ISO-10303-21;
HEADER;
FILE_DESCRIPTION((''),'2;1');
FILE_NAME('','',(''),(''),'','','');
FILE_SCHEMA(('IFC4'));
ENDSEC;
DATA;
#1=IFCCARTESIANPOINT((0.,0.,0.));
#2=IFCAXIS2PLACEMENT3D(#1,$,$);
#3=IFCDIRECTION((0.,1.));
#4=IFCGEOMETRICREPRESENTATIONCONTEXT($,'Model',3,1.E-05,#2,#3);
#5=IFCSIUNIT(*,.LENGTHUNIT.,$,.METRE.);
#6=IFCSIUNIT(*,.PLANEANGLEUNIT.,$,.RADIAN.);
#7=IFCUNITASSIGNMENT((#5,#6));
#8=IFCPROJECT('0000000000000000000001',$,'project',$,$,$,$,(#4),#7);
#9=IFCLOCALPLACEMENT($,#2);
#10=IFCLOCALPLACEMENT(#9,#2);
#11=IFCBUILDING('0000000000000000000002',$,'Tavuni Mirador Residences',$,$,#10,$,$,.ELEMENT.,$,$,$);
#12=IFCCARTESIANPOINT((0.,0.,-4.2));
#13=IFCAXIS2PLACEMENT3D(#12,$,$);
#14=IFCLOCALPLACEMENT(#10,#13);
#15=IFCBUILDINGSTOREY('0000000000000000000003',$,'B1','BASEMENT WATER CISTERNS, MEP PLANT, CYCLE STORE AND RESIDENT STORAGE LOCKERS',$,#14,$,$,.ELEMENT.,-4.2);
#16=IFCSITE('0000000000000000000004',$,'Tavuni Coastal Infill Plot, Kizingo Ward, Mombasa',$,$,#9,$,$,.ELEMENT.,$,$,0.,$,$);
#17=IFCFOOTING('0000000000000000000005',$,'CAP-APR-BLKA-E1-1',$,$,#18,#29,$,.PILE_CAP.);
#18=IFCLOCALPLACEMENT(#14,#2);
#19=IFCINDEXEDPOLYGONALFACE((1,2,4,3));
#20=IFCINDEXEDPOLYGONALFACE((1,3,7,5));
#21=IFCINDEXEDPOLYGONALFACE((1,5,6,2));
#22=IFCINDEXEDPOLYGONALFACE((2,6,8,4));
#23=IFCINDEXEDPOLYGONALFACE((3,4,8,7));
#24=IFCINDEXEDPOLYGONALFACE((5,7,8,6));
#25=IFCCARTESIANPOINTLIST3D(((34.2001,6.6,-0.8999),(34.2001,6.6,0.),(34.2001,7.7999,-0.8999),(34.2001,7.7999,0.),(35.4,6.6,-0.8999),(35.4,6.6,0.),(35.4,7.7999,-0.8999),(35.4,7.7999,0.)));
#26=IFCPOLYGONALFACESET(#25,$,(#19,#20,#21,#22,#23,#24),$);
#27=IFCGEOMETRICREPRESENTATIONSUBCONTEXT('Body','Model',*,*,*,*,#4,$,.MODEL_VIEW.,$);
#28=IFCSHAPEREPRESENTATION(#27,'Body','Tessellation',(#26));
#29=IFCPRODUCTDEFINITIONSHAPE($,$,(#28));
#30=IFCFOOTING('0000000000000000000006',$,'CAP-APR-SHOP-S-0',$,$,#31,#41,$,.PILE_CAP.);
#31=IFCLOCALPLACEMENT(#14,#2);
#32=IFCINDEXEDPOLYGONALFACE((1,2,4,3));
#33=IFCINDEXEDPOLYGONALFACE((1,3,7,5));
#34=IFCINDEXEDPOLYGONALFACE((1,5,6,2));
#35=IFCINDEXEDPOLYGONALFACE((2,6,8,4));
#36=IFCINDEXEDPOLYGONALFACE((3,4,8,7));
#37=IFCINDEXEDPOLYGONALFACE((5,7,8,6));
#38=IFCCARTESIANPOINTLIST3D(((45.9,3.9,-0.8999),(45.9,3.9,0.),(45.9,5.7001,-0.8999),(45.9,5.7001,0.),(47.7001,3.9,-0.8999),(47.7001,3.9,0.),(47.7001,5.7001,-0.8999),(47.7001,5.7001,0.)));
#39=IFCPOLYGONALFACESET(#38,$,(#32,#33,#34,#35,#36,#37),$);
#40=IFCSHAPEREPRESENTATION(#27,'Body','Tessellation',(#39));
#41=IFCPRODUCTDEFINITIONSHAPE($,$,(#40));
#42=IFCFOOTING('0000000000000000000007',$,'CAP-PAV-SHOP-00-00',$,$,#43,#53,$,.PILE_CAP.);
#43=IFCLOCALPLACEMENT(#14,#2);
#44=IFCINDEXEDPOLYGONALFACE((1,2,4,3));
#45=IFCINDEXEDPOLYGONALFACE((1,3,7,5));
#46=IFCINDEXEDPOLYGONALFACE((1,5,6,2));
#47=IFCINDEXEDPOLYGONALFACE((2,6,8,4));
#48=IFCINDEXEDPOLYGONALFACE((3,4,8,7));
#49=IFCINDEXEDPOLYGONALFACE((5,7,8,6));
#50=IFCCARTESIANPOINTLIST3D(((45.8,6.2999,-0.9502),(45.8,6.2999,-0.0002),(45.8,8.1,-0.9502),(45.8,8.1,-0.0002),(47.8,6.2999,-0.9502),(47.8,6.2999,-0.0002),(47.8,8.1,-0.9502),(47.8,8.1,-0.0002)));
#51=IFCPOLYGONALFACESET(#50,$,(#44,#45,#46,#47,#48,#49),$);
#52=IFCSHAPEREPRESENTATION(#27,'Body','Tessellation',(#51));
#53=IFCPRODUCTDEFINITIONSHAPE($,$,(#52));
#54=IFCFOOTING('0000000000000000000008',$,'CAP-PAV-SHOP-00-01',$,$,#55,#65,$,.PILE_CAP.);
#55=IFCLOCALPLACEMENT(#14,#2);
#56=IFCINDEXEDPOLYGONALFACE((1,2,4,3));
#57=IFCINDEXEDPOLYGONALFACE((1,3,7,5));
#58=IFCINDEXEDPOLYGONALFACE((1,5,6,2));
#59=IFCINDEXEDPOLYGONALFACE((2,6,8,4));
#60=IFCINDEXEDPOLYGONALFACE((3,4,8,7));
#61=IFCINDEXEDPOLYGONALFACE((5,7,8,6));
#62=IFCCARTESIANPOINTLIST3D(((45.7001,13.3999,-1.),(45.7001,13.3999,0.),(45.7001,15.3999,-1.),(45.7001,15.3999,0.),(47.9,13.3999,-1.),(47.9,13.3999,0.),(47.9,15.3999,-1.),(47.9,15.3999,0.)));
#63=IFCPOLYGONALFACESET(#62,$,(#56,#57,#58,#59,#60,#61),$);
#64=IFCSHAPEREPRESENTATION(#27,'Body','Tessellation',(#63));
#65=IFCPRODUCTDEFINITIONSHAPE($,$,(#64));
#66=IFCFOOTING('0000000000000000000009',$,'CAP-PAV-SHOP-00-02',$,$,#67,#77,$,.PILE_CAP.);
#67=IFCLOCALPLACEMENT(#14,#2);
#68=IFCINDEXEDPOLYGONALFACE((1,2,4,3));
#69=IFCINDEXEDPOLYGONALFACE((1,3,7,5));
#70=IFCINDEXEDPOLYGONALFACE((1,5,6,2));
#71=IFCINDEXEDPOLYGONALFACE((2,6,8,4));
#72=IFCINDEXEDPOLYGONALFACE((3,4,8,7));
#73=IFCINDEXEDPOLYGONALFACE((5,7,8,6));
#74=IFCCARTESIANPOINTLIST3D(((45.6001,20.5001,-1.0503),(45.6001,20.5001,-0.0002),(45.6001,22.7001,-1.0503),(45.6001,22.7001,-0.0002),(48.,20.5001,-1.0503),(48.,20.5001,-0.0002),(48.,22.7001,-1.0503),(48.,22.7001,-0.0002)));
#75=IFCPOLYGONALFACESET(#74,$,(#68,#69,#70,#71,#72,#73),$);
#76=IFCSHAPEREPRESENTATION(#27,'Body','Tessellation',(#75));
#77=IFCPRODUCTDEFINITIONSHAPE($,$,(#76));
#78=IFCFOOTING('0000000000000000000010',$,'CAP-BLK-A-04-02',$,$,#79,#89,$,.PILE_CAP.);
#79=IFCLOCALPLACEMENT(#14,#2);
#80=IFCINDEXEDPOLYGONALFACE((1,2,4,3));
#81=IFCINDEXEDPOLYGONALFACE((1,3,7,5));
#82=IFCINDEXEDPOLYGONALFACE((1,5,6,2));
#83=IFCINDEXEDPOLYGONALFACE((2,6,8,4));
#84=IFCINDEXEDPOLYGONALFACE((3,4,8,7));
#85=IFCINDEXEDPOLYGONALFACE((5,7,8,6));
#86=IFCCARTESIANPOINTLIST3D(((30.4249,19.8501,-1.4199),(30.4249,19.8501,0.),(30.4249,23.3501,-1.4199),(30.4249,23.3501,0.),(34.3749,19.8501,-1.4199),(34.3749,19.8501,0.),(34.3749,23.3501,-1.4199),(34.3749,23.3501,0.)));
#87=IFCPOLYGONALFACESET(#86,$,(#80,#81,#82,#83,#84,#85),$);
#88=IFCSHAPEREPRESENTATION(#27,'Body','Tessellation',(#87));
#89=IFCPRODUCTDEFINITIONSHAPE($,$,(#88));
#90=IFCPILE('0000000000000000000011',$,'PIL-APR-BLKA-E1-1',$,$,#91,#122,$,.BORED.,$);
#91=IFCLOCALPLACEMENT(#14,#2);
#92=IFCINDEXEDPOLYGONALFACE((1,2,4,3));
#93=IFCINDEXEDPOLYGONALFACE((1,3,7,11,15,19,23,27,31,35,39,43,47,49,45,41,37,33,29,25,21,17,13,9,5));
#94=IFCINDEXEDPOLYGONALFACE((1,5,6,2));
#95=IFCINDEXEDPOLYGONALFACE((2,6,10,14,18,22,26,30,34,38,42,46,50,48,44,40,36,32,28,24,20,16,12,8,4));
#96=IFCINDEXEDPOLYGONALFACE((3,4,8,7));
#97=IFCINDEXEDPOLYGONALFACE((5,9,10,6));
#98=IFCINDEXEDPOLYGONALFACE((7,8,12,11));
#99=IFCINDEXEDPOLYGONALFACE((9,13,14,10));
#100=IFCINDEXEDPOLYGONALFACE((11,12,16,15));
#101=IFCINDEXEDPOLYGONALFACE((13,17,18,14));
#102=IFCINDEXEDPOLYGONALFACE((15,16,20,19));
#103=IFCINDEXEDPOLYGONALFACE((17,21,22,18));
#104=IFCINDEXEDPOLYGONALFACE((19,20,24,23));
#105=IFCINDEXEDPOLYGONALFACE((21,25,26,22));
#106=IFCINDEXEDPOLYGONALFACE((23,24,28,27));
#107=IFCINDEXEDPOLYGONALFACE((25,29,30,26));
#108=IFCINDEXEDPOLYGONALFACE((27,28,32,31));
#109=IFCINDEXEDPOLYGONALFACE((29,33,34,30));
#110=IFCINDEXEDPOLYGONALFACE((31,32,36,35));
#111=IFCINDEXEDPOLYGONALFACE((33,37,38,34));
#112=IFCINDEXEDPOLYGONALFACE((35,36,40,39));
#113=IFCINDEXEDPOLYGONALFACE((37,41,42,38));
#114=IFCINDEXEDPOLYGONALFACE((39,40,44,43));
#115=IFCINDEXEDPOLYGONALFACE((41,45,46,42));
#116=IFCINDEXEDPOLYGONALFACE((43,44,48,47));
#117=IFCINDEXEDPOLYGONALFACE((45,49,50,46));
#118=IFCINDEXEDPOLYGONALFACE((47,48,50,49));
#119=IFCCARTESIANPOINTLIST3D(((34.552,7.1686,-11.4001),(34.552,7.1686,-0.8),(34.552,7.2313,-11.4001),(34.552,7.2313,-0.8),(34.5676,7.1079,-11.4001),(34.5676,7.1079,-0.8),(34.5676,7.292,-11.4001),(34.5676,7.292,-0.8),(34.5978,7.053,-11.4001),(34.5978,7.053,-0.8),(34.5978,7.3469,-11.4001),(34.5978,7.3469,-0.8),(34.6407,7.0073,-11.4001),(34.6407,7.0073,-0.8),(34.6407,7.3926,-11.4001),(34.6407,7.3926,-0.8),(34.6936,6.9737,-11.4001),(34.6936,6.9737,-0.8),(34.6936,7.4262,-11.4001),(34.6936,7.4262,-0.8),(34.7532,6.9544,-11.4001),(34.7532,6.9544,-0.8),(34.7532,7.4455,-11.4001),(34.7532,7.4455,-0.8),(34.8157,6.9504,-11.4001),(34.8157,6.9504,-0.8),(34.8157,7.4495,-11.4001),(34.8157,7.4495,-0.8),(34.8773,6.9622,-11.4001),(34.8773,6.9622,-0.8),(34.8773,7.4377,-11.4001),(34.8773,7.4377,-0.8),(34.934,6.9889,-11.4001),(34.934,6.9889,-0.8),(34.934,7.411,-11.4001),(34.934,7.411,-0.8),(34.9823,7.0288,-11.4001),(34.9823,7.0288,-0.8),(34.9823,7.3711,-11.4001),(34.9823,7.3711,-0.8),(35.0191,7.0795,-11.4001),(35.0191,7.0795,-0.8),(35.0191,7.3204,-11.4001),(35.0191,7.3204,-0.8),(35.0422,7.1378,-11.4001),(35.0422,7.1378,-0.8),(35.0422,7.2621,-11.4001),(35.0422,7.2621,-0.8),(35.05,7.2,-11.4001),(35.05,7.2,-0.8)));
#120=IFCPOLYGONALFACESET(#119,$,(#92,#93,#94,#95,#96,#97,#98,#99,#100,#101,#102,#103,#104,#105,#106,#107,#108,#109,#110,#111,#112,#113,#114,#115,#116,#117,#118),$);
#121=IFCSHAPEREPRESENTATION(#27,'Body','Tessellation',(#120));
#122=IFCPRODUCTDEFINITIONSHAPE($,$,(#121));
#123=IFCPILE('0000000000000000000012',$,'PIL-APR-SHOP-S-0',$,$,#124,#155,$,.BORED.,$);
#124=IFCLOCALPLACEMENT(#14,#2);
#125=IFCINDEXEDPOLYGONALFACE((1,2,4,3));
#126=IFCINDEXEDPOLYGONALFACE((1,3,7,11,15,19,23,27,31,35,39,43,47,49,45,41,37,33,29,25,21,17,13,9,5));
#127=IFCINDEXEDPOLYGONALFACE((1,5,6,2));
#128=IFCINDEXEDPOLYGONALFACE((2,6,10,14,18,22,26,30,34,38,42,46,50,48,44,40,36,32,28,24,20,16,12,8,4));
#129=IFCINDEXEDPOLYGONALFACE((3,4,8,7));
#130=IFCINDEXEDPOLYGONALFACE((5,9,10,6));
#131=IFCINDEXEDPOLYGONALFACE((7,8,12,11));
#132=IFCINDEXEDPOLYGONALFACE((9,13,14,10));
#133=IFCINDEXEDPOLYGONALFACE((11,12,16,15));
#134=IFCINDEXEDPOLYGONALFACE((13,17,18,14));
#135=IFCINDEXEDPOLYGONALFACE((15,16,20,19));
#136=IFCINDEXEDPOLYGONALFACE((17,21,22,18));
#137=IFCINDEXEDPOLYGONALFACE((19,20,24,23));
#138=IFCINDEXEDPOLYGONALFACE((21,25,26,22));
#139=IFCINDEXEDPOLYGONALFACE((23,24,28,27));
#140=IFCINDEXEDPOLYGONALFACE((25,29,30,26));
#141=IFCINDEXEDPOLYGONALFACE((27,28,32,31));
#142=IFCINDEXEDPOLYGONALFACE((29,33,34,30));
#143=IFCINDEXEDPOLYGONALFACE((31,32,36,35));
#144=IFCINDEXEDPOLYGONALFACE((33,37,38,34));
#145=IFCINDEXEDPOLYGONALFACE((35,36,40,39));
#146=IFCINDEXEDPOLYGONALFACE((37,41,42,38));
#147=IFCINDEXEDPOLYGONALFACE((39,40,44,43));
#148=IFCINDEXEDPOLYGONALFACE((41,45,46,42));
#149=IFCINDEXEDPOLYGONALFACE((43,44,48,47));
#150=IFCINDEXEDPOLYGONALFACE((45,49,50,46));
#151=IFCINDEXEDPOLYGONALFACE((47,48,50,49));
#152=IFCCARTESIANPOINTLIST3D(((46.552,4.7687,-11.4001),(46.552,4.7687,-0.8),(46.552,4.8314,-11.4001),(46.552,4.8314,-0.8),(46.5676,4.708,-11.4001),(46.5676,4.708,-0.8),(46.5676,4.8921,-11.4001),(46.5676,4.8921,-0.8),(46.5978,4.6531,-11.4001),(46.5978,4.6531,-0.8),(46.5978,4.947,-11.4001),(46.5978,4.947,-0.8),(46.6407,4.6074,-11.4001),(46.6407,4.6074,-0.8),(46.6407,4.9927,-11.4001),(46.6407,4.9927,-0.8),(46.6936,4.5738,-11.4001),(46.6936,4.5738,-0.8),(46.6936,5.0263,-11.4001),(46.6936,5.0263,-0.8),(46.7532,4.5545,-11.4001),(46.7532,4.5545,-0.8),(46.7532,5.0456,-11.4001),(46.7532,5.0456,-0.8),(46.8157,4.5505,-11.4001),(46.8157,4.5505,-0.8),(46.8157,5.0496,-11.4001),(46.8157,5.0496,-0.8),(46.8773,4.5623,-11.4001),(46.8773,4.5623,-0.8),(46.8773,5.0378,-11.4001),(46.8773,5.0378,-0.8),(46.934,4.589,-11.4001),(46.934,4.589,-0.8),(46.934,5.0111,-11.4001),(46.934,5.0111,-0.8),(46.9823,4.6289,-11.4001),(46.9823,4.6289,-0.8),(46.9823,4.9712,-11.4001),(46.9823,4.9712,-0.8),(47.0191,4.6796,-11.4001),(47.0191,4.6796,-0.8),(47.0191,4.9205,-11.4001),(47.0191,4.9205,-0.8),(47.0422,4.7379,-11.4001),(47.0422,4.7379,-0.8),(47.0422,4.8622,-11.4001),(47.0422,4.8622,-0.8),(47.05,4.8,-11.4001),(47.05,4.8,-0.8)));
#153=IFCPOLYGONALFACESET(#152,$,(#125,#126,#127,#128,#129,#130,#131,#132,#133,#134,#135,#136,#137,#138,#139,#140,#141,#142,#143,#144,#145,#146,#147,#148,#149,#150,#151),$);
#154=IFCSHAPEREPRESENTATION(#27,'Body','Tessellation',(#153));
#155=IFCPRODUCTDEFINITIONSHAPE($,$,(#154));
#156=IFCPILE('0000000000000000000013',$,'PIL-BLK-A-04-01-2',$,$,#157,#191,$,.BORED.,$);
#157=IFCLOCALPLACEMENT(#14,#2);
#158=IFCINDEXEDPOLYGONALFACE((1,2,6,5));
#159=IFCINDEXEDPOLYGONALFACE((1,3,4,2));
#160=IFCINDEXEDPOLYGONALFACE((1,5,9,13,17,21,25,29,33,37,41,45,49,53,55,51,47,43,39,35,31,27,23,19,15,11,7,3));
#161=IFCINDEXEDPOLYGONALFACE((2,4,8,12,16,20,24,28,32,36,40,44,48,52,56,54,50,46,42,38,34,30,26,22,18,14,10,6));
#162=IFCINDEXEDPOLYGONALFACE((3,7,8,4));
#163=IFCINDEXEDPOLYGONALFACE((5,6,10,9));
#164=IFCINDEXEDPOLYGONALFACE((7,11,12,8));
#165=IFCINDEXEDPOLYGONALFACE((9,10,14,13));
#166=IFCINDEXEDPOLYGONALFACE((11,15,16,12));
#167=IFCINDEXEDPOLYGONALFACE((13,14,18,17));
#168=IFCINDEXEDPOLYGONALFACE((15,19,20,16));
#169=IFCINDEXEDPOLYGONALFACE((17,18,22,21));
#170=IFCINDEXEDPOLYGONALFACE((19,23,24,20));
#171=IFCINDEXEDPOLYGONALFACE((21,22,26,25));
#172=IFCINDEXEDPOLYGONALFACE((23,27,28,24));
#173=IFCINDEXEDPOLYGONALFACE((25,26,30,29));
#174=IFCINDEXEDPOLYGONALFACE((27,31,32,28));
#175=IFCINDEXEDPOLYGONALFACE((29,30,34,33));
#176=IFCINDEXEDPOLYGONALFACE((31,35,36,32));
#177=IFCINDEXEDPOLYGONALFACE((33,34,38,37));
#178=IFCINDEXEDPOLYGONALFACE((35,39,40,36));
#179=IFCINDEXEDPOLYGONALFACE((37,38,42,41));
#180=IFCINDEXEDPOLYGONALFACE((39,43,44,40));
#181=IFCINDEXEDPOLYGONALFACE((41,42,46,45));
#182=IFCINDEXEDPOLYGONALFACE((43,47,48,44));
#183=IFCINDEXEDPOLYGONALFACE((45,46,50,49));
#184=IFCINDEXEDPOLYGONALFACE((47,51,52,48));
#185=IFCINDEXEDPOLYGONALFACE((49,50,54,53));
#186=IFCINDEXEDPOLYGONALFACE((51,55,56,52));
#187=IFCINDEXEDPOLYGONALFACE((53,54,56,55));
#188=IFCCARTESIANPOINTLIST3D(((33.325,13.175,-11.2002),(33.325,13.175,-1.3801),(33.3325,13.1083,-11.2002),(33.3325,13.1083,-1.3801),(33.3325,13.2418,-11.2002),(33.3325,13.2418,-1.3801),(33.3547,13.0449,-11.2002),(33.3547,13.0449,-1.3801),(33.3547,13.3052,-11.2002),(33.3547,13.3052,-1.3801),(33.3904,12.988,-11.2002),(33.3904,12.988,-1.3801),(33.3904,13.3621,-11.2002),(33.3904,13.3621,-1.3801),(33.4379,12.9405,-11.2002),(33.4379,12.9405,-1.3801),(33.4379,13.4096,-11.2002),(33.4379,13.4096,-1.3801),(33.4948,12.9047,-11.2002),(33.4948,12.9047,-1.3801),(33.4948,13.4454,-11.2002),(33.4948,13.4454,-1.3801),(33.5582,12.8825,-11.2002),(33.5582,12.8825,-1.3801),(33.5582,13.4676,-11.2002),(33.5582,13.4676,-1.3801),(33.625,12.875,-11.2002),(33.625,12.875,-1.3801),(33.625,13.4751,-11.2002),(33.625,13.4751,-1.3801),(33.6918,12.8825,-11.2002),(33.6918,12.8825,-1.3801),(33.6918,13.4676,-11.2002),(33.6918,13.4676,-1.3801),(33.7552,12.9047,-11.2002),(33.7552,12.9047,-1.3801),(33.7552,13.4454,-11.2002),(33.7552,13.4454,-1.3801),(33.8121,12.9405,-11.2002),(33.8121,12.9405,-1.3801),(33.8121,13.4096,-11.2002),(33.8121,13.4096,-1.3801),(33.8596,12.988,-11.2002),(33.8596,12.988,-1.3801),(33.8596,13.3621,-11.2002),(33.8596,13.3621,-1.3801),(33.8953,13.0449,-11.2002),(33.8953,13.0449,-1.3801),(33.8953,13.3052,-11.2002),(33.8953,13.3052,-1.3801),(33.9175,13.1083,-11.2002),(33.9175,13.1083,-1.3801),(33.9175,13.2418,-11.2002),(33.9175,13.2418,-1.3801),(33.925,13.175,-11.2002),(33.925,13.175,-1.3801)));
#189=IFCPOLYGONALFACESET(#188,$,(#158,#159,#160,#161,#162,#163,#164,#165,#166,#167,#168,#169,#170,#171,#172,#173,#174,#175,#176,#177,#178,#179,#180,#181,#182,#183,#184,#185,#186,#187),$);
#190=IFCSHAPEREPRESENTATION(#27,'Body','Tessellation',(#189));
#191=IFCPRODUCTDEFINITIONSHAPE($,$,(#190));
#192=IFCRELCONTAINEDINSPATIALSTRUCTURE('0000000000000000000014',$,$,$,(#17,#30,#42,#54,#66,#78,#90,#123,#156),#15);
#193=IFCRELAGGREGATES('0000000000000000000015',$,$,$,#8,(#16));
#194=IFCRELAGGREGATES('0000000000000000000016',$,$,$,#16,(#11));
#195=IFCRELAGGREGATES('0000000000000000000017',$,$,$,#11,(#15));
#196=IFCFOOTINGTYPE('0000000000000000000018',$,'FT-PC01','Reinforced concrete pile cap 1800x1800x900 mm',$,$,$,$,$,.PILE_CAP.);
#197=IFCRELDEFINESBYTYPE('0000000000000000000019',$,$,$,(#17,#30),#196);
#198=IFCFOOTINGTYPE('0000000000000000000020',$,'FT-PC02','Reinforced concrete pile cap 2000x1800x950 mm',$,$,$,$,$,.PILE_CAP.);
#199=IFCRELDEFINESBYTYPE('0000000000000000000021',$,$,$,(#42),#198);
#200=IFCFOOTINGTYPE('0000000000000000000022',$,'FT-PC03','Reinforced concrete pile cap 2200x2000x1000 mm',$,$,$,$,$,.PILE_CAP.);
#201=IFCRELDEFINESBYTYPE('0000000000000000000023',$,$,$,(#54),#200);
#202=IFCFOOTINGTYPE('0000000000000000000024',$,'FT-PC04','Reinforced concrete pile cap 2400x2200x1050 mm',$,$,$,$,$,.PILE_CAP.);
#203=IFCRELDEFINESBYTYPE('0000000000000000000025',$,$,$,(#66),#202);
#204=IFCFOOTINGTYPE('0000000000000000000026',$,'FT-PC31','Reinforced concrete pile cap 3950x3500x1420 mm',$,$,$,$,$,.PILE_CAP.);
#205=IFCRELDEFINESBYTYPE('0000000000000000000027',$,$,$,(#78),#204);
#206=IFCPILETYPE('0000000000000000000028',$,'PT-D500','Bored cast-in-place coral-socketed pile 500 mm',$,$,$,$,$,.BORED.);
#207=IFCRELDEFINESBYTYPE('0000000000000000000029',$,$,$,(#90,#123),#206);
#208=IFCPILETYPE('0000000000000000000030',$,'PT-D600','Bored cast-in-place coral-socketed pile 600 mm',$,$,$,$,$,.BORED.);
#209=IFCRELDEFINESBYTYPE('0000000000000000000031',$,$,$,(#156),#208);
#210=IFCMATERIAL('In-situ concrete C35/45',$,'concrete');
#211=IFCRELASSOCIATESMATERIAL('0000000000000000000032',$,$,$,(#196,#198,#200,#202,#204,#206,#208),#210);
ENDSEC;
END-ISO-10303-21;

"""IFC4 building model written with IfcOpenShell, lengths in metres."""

from ifc_helpers import new_model, si_unit, direction, frame, origin, origin_2d, place, context, subcontext, project, spatial, rectangle, circle, extrude, material, material_profile, profile_set, type_object, element, save


model = new_model("IFC4")

# Units and contexts
model_context = context("Model", 3, precision=1e-05, world=origin(), true_north=direction((0.0, 1.0)))
body_context = subcontext(model_context, "Body", "Model", "MODEL_VIEW")
ifc_project = project(units=[si_unit("LENGTHUNIT", "METRE"), si_unit("PLANEANGLEUNIT", "RADIAN")], contexts=[model_context])

# Site, building, storey
site_placement = place(None, origin())
site = spatial("IfcSite", under=ifc_project, at=site_placement, Name="Tavuni Coastal Infill Plot, Kizingo Ward, Mombasa", CompositionType="ELEMENT", RefElevation=0.0)
building_placement = place(site_placement, origin())
building = spatial("IfcBuilding", under=site, at=building_placement, Name="Tavuni Mirador Residences", CompositionType="ELEMENT")
storey_placement = place(building_placement, frame((0.0, 0.0, -4.2)))
storey = spatial("IfcBuildingStorey", under=building, at=storey_placement, Name="B1", Description="BASEMENT WATER CISTERNS, MEP PLANT, CYCLE STORE AND RESIDENT STORAGE LOCKERS", CompositionType="ELEMENT", Elevation=-4.2)

# Footings
ifc_material_1 = material(Name="In-situ concrete C35/45", Category="concrete")
footing_type_1 = type_object("IfcFootingType", Name="FT-PC01", Description="Reinforced concrete pile cap 1800x1800x900 mm", PredefinedType="PILE_CAP", material=ifc_material_1)
footing_1_placement = place(storey_placement, frame((34.8, 7.2, -0.8999), z_axis=(0.0, 0.0, 1.0), x_axis=(1.0, 0.0, 0.0)))
element("IfcFooting", 1, at=footing_1_placement, inside=storey, type_object=footing_type_1, Name="CAP-APR-BLKA-E1-1", PredefinedType="PILE_CAP", context=body_context, shape_type="SweptSolid", body=[
    extrude(rectangle(XDim=1.2, YDim=1.2, at=origin_2d()), origin(), (0.0, 0.0, 1.0), 0.8999),
])
footing_2_placement = place(storey_placement, frame((46.8, 4.8, -0.8999), z_axis=(0.0, 0.0, 1.0), x_axis=(1.0, 0.0, 0.0)))
element("IfcFooting", 2, at=footing_2_placement, inside=storey, type_object=footing_type_1, Name="CAP-APR-SHOP-S-0", PredefinedType="PILE_CAP", context=body_context, shape_type="SweptSolid", body=[
    extrude(rectangle(XDim=1.8, YDim=1.8, at=origin_2d()), origin(), (0.0, 0.0, 1.0), 0.8999),
])
footing_type_2 = type_object("IfcFootingType", Name="FT-PC02", Description="Reinforced concrete pile cap 2000x1800x950 mm", PredefinedType="PILE_CAP", material=ifc_material_1)
footing_3_placement = place(storey_placement, frame((46.8, 7.2, -0.9502), z_axis=(0.0, 0.0, 1.0), x_axis=(1.0, 0.0, 0.0)))
element("IfcFooting", 3, at=footing_3_placement, inside=storey, type_object=footing_type_2, Name="CAP-PAV-SHOP-00-00", PredefinedType="PILE_CAP", context=body_context, shape_type="SweptSolid", body=[
    extrude(rectangle(XDim=2.0, YDim=1.8, at=origin_2d()), origin(), (0.0, 0.0, 1.0), 0.95),
])
footing_type_3 = type_object("IfcFootingType", Name="FT-PC03", Description="Reinforced concrete pile cap 2200x2000x1000 mm", PredefinedType="PILE_CAP", material=ifc_material_1)
footing_4_placement = place(storey_placement, frame((46.8, 14.3999, -1.0), z_axis=(0.0, 0.0, 1.0), x_axis=(1.0, 0.0, 0.0)))
element("IfcFooting", 4, at=footing_4_placement, inside=storey, type_object=footing_type_3, Name="CAP-PAV-SHOP-00-01", PredefinedType="PILE_CAP", context=body_context, shape_type="SweptSolid", body=[
    extrude(rectangle(XDim=2.2, YDim=2.0, at=origin_2d()), origin(), (0.0, 0.0, 1.0), 1.0),
])
footing_type_4 = type_object("IfcFootingType", Name="FT-PC04", Description="Reinforced concrete pile cap 2400x2200x1050 mm", PredefinedType="PILE_CAP", material=ifc_material_1)
footing_5_placement = place(storey_placement, frame((46.8, 21.6001, -1.0503), z_axis=(0.0, 0.0, 1.0), x_axis=(1.0, 0.0, 0.0)))
element("IfcFooting", 5, at=footing_5_placement, inside=storey, type_object=footing_type_4, Name="CAP-PAV-SHOP-00-02", PredefinedType="PILE_CAP", context=body_context, shape_type="SweptSolid", body=[
    extrude(rectangle(XDim=2.3999, YDim=2.2, at=origin_2d()), origin(), (0.0, 0.0, 1.0), 1.05),
])
footing_type_5 = type_object("IfcFootingType", Name="FT-PC31", Description="Reinforced concrete pile cap 3950x3500x1420 mm", PredefinedType="PILE_CAP", material=ifc_material_1)
footing_6_placement = place(storey_placement, frame((32.3999, 21.6001, -1.4199), z_axis=(0.0, 0.0, 1.0), x_axis=(1.0, 0.0, 0.0)))
element("IfcFooting", 6, at=footing_6_placement, inside=storey, type_object=footing_type_5, Name="CAP-BLK-A-04-02", PredefinedType="PILE_CAP", context=body_context, shape_type="SweptSolid", body=[
    extrude(rectangle(XDim=3.95, YDim=3.5, at=origin_2d()), origin(), (0.0, 0.0, 1.0), 1.4199),
])

# Piles
ifc_material_profile_1 = material_profile(ifc_material_1, circle(Radius=0.25, at=origin_2d()), Name="PILE D500", Category="concrete")
ifc_profile_set_1 = profile_set([ifc_material_profile_1], Name="In-situ concrete C35/45")
pile_type_1 = type_object("IfcPileType", Name="PT-D500", Description="Bored cast-in-place coral-socketed pile 500 mm", PredefinedType="BORED", material=ifc_profile_set_1)
for number, where, z_axis, x_axis, name in (
    (7, (34.8, 7.2, -0.8), (0.0, 0.0, -1.0), (1.0, 0.0, 0.0), "PIL-APR-BLKA-E1-1"),
    (8, (46.8, 4.8, -0.8), (0.0, 0.0, -1.0), (1.0, 0.0, 0.0), "PIL-APR-SHOP-S-0"),
):
    element("IfcPile", number, at=place(storey_placement, frame(where, z_axis=z_axis, x_axis=x_axis)), inside=storey, type_object=pile_type_1, Name=name, PredefinedType="BORED", context=body_context, shape_type="SweptSolid", body=[
        extrude(circle(Radius=0.25, at=origin_2d()), origin(), (0.0, 0.0, 1.0), 10.6001),
    ])
ifc_material_profile_2 = material_profile(ifc_material_1, circle(Radius=0.3, at=origin_2d()), Name="PILE D600", Category="concrete")
ifc_profile_set_2 = profile_set([ifc_material_profile_2], Name="In-situ concrete C35/45")
pile_type_2 = type_object("IfcPileType", Name="PT-D600", Description="Bored cast-in-place coral-socketed pile 600 mm", PredefinedType="BORED", material=ifc_profile_set_2)
for number, where, z_axis, x_axis, name in (
    (9, (33.625, 13.175, -1.3801), (0.0, 0.0, -1.0), (1.0, 0.0, 0.0), "PIL-BLK-A-04-01-2"),
):
    element("IfcPile", number, at=place(storey_placement, frame(where, z_axis=z_axis, x_axis=x_axis)), inside=storey, type_object=pile_type_2, Name=name, PredefinedType="BORED", context=body_context, shape_type="SweptSolid", body=[
        extrude(circle(Radius=0.3, at=origin_2d()), origin(), (0.0, 0.0, 1.0), 9.8201),
    ])

save(model, "model.ifc")
